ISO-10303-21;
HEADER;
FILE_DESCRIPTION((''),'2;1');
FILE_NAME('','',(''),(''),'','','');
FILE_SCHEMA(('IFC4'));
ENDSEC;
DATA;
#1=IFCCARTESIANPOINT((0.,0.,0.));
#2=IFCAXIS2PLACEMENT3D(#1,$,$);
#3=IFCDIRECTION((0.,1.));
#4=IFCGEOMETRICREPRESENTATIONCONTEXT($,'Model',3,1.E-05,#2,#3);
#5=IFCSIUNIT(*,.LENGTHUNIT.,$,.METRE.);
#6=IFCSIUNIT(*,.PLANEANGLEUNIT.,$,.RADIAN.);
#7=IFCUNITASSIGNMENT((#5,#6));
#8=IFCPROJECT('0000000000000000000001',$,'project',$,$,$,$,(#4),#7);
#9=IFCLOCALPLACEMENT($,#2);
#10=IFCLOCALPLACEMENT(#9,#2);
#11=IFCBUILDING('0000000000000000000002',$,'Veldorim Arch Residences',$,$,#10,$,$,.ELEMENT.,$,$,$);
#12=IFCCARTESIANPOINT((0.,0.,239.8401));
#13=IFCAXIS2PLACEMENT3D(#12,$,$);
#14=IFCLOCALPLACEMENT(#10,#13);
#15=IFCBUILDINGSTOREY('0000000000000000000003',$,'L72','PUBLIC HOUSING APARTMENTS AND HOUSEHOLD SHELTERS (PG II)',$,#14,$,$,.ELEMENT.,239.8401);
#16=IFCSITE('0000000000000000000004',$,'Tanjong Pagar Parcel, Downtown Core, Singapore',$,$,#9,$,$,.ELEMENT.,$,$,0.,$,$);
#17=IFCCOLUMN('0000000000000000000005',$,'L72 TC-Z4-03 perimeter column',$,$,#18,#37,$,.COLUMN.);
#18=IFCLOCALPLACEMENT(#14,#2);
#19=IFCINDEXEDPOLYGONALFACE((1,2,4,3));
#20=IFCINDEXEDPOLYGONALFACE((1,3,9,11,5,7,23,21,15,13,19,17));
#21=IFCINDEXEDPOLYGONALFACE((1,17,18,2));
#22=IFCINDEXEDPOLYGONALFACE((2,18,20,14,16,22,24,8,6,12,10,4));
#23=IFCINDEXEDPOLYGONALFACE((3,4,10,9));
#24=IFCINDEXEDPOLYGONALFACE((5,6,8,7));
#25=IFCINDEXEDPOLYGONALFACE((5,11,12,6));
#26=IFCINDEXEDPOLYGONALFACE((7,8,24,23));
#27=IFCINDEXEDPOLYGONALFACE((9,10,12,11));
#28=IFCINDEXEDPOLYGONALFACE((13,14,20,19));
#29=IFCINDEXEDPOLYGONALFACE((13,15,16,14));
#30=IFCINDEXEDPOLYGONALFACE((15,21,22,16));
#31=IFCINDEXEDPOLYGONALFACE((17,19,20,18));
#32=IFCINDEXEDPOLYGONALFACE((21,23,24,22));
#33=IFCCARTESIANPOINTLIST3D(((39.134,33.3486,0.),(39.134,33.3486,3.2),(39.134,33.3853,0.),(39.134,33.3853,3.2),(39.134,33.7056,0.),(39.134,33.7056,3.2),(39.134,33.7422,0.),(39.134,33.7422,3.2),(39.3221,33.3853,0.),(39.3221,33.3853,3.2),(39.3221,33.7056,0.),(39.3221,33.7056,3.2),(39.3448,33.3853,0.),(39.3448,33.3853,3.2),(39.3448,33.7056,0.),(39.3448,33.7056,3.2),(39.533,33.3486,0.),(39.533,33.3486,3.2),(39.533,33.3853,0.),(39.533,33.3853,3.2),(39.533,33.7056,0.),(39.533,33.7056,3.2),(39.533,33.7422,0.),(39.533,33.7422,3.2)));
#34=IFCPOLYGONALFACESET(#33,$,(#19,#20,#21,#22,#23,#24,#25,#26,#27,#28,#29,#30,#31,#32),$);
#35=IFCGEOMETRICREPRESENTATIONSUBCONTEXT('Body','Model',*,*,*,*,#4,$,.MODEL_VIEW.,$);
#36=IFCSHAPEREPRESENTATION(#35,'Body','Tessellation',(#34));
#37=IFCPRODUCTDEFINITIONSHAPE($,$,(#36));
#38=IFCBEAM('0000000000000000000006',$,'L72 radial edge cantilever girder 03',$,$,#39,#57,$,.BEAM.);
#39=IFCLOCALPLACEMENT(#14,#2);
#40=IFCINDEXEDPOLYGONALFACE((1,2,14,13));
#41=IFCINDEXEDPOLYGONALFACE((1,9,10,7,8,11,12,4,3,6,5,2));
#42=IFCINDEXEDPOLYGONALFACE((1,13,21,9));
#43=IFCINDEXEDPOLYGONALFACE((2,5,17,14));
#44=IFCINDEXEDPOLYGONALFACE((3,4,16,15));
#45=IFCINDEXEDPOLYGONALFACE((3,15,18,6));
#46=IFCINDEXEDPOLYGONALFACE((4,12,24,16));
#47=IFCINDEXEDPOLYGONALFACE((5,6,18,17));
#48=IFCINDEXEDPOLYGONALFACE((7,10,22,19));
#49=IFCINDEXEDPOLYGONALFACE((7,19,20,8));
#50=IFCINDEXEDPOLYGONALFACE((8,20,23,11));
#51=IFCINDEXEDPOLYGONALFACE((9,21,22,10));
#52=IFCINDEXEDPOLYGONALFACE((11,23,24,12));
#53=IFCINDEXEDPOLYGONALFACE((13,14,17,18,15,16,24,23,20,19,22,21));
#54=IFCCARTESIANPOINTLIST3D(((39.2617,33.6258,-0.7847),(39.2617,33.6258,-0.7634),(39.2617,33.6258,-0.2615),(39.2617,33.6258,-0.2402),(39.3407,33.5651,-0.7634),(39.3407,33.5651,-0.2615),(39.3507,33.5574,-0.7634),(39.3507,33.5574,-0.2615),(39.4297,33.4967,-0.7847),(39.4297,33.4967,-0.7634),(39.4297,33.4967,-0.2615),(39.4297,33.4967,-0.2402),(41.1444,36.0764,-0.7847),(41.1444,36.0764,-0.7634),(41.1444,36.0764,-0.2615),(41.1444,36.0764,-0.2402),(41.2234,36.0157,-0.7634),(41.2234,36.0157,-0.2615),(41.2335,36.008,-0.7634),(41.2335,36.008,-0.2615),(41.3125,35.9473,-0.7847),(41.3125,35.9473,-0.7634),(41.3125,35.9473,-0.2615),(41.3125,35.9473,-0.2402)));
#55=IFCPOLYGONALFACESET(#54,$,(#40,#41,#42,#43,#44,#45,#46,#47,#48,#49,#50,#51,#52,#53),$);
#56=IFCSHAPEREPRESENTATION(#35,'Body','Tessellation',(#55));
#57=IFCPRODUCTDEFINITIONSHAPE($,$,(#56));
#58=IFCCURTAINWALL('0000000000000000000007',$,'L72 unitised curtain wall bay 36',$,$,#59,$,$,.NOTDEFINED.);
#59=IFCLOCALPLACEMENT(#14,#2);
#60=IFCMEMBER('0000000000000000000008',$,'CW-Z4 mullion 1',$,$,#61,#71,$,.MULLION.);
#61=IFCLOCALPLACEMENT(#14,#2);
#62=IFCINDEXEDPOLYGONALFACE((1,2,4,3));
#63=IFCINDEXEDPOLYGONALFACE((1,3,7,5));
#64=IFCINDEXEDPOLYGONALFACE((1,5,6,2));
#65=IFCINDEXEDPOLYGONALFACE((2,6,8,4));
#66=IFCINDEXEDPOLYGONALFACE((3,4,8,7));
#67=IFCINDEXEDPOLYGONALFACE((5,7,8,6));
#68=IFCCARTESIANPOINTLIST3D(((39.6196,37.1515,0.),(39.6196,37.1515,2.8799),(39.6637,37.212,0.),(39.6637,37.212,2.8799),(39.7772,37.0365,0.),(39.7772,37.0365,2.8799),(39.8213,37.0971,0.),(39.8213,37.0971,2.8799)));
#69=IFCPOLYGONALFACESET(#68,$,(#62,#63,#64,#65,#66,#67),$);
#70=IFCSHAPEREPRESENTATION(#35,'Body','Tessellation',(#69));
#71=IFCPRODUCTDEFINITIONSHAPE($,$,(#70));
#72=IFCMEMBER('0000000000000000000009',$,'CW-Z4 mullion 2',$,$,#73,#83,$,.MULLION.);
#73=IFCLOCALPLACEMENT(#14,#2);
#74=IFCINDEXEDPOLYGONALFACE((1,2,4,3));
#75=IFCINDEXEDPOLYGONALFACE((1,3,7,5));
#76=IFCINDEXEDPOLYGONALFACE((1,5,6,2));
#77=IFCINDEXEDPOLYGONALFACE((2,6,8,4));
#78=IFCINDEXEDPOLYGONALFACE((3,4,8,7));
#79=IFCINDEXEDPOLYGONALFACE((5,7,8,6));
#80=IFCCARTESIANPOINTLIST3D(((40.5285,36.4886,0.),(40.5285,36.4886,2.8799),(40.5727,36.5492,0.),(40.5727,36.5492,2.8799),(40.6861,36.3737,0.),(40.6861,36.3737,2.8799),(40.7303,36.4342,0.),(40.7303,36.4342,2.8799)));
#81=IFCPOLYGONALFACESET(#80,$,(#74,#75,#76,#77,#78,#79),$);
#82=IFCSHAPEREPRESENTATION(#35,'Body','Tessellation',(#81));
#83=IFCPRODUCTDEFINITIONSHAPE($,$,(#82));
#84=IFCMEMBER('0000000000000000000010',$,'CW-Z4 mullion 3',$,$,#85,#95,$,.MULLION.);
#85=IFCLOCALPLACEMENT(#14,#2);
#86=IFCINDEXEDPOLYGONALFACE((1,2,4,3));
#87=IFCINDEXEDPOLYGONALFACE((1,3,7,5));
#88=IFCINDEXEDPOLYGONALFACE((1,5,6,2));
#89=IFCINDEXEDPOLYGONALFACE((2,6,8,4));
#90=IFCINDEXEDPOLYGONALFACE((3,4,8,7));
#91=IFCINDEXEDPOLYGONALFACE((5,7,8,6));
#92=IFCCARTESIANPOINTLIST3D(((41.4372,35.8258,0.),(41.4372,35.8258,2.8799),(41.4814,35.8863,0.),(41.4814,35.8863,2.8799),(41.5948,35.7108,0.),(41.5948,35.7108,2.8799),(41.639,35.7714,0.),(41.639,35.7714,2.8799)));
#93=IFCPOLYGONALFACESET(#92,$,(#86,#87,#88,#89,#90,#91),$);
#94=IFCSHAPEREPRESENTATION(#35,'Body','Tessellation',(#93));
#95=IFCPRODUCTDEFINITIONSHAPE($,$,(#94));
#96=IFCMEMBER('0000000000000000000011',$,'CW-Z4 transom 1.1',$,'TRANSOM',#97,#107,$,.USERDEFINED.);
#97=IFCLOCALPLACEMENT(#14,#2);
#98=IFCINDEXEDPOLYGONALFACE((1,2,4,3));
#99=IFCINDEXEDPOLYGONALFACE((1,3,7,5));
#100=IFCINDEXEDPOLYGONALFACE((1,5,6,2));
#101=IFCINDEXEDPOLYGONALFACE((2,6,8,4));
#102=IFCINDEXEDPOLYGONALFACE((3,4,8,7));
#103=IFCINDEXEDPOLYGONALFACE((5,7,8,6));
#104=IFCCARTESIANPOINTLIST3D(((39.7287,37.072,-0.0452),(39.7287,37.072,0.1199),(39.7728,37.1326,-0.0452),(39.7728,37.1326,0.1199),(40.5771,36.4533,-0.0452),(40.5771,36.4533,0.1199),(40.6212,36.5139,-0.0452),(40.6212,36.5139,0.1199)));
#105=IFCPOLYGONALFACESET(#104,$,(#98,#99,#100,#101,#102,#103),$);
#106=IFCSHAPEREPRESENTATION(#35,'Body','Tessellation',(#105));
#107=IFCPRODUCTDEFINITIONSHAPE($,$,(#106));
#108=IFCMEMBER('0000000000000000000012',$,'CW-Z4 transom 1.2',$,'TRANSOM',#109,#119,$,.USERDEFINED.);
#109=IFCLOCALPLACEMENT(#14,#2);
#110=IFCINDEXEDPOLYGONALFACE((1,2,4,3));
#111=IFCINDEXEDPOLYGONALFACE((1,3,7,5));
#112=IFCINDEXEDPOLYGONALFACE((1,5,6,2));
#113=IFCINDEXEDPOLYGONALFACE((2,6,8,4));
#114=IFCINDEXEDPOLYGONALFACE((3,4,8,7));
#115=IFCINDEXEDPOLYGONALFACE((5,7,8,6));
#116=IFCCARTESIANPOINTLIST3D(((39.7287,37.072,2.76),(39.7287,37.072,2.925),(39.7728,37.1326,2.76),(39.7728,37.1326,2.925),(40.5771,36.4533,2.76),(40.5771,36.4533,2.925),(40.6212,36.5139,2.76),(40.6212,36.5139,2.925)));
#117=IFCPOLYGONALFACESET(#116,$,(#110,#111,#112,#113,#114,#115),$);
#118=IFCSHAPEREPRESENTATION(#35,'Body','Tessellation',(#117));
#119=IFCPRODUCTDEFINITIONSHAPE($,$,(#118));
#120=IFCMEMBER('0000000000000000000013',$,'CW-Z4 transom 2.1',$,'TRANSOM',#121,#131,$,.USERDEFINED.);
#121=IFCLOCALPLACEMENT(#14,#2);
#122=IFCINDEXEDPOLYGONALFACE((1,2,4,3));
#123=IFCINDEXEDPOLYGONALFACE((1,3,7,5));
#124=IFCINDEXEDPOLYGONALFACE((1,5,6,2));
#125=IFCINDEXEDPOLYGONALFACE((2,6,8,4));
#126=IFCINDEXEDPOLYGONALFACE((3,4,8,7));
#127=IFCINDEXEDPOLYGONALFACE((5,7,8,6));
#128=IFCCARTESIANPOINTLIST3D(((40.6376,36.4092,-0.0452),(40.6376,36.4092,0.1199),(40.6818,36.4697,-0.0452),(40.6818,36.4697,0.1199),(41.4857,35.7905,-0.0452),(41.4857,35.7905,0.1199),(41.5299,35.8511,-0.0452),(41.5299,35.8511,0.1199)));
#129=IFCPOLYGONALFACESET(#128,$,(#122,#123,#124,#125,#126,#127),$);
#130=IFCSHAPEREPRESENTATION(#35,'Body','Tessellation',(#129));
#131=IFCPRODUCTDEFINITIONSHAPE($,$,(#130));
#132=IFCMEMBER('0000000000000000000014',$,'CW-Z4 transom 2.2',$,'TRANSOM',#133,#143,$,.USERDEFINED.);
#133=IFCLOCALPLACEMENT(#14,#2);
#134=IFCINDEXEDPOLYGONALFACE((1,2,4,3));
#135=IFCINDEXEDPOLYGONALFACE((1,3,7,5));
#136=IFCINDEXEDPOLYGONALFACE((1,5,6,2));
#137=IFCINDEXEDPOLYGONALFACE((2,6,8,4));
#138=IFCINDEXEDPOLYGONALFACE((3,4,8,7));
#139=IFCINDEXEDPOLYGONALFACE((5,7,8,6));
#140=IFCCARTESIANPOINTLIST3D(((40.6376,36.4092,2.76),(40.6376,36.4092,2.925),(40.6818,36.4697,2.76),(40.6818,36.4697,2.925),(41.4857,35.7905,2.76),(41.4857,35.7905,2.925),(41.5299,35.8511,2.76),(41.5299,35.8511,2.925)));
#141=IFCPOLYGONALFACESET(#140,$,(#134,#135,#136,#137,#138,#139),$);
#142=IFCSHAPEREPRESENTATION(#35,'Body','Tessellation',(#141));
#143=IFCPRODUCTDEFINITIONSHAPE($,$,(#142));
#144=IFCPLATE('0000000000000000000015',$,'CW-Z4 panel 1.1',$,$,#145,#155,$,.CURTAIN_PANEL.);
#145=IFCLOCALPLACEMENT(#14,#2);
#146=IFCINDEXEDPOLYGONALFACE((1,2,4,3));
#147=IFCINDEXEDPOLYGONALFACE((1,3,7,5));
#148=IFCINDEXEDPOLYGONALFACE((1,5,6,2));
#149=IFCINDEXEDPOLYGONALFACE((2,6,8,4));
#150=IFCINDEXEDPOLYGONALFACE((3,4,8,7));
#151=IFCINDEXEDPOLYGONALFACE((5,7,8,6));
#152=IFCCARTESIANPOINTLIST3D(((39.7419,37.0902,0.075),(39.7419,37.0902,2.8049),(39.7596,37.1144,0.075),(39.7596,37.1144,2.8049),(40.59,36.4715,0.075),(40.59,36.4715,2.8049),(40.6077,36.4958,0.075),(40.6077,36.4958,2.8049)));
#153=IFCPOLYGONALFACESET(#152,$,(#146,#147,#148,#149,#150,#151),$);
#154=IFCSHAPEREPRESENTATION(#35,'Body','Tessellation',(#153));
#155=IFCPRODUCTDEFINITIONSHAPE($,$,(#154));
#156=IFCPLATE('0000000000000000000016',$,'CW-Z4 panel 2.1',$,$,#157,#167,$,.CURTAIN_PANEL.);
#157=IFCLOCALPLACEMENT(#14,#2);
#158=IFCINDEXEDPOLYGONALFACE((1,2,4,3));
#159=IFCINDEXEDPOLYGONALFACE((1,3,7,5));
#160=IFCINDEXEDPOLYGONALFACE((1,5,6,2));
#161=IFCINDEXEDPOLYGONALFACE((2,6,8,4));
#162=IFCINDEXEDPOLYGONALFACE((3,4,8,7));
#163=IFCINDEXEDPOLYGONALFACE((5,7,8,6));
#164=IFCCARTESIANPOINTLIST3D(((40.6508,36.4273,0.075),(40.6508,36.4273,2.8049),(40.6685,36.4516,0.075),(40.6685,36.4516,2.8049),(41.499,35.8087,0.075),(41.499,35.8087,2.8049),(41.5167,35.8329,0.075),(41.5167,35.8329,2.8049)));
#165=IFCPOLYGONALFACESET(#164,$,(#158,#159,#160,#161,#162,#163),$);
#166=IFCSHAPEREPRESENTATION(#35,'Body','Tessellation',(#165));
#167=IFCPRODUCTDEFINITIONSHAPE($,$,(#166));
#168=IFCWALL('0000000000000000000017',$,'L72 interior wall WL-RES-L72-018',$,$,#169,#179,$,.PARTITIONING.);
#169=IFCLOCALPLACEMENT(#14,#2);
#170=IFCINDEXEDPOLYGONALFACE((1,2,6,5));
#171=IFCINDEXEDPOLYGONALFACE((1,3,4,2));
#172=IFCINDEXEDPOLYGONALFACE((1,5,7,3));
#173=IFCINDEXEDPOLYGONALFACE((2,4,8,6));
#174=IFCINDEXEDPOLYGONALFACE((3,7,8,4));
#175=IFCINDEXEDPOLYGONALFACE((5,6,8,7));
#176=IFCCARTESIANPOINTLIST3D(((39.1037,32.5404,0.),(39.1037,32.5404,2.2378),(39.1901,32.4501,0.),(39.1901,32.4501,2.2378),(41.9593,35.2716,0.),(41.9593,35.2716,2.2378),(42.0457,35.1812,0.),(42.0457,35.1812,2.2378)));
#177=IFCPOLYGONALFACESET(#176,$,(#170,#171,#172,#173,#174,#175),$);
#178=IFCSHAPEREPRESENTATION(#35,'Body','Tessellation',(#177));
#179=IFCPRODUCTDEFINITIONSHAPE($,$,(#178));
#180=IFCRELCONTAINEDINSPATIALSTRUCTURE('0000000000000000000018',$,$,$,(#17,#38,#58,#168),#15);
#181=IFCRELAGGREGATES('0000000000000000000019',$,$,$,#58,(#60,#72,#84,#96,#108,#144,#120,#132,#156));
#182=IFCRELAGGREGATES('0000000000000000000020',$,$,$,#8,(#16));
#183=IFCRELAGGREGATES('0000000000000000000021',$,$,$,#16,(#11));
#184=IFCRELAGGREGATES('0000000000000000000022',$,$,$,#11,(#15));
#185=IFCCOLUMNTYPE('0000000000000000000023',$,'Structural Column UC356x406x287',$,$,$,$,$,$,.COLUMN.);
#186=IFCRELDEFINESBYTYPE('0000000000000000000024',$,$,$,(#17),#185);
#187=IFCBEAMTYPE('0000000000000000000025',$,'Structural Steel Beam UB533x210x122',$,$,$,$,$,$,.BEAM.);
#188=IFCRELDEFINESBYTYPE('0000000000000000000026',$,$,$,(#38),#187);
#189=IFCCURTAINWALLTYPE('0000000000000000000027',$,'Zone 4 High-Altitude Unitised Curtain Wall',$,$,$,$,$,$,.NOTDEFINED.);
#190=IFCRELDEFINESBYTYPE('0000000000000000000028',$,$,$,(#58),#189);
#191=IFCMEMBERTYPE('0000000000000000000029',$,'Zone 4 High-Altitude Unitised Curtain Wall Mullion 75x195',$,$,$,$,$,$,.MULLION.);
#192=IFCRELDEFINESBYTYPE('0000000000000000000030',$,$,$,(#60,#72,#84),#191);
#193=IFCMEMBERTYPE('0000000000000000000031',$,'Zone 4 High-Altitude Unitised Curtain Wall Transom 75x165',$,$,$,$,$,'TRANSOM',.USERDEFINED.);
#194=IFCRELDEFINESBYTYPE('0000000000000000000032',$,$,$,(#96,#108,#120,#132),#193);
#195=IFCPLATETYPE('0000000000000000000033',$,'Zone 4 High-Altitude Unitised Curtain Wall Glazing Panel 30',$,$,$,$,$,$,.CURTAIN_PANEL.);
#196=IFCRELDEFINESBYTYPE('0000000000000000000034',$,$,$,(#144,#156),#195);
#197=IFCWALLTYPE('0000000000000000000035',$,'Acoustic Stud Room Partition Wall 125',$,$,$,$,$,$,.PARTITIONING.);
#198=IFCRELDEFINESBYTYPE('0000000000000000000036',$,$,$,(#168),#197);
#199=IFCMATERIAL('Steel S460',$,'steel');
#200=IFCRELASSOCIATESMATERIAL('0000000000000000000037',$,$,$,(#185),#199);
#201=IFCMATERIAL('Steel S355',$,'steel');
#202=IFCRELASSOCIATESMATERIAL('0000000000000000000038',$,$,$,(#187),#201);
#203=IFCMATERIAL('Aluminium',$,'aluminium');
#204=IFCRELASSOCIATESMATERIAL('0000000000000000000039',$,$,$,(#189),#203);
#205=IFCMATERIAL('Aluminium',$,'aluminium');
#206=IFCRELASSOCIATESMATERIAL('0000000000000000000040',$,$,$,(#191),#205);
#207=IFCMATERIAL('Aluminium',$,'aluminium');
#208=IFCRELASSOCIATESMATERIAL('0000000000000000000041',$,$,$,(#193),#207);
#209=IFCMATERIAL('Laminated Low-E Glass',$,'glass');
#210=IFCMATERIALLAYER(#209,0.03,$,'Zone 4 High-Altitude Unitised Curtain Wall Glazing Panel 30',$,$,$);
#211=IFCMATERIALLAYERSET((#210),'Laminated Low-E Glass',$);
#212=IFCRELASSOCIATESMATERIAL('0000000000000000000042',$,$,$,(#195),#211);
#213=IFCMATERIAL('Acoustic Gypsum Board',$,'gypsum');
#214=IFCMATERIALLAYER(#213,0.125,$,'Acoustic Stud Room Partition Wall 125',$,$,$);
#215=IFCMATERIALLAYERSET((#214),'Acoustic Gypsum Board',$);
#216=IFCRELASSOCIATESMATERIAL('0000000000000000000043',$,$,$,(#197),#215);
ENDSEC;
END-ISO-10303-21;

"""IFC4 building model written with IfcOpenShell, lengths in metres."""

from ifc_helpers import new_model, si_unit, direction, frame, frame_2d, origin, origin_2d, place, context, subcontext, project, spatial, rectangle, i_section, extrude, material, layer, layer_set, material_profile, profile_set, type_object, element, aggregate, save


model = new_model("IFC4")

# Units and contexts
model_context = context("Model", 3, precision=1e-05, world=origin(), true_north=direction((0.0, 1.0)))
body_context = subcontext(model_context, "Body", "Model", "MODEL_VIEW")
ifc_project = project(units=[si_unit("LENGTHUNIT", "METRE"), si_unit("PLANEANGLEUNIT", "RADIAN")], contexts=[model_context])

# Site, building, storey
site_placement = place(None, origin())
site = spatial("IfcSite", under=ifc_project, at=site_placement, Name="Tanjong Pagar Parcel, Downtown Core, Singapore", CompositionType="ELEMENT", RefElevation=0.0)
building_placement = place(site_placement, origin())
building = spatial("IfcBuilding", under=site, at=building_placement, Name="Veldorim Arch Residences", CompositionType="ELEMENT")
storey_placement = place(building_placement, frame((0.0, 0.0, 239.8401)))
storey = spatial("IfcBuildingStorey", under=building, at=storey_placement, Name="L72", Description="PUBLIC HOUSING APARTMENTS AND HOUSEHOLD SHELTERS (PG II)", CompositionType="ELEMENT", Elevation=239.8401)

# Column
ifc_material_1 = material(Name="Steel S460", Category="steel")
ifc_material_profile_1 = material_profile(ifc_material_1, i_section(OverallWidth=0.3989, OverallDepth=0.3936, WebThickness=0.0227, FlangeThickness=0.0366, at=origin_2d()), Name="UC356x406x287")
ifc_profile_set_1 = profile_set([ifc_material_profile_1], Name="Steel S460")
column_type = type_object("IfcColumnType", Name="Structural Column UC356x406x287", PredefinedType="COLUMN", material=ifc_profile_set_1)
column_placement = place(storey_placement, frame((39.3335, 33.5454, 0.0), z_axis=(0.0, 0.0, 1.0), x_axis=(1.0, 0.0, 0.0)))
element("IfcColumn", 1, at=column_placement, inside=storey, type_object=column_type, Name="L72 TC-Z4-03 perimeter column", PredefinedType="COLUMN", context=body_context, shape_type="SweptSolid", body=[
    extrude(i_section(OverallWidth=0.3989, OverallDepth=0.3936, WebThickness=0.0227, FlangeThickness=0.0366, at=origin_2d()), origin(), (0.0, 0.0, 1.0), 3.2),
])

# Beam
ifc_material_2 = material(Name="Steel S355", Category="steel")
ifc_material_profile_2 = material_profile(ifc_material_2, i_section(OverallWidth=0.2119, OverallDepth=0.5444, WebThickness=0.0127, FlangeThickness=0.0212, at=origin_2d()), Name="UB533x210x122")
ifc_profile_set_2 = profile_set([ifc_material_profile_2], Name="Steel S355")
beam_type = type_object("IfcBeamType", Name="Structural Steel Beam UB533x210x122", PredefinedType="BEAM", material=ifc_profile_set_2)
beam_placement = place(storey_placement, frame((39.3457, 33.5613, -0.5125), z_axis=(0.609237, 0.792988, 0.0), x_axis=(-0.792988, 0.609237, 0.0)))
element("IfcBeam", 2, at=beam_placement, inside=storey, type_object=beam_type, Name="L72 radial edge cantilever girder 03", PredefinedType="BEAM", context=body_context, shape_type="SweptSolid", body=[
    extrude(i_section(OverallWidth=0.2119, OverallDepth=0.5444, WebThickness=0.0127, FlangeThickness=0.0212, at=origin_2d()), origin(), (0.0, 0.0, 1.0), 3.0903),
])

# Curtain wall, members, plates
ifc_material_3 = material(Name="Aluminium", Category="aluminium")
curtain_wall_type = type_object("IfcCurtainWallType", Name="Zone 4 High-Altitude Unitised Curtain Wall", PredefinedType="NOTDEFINED", material=ifc_material_3)
curtain_wall_placement = place(storey_placement, origin())
curtain_wall = element("IfcCurtainWall", 3, at=curtain_wall_placement, inside=storey, type_object=curtain_wall_type, Name="L72 unitised curtain wall bay 36", PredefinedType="NOTDEFINED")
ifc_material_4 = material(Name="Aluminium", Category="aluminium")
ifc_material_profile_3 = material_profile(ifc_material_4, rectangle(XDim=0.075, YDim=0.1951, at=origin_2d()), Name="ALU_MUL_75x195")
ifc_profile_set_3 = profile_set([ifc_material_profile_3], Name="Aluminium")
member_type_1 = type_object("IfcMemberType", Name="Zone 4 High-Altitude Unitised Curtain Wall Mullion 75x195", PredefinedType="MULLION", material=ifc_profile_set_3)
member_1_placement = place(storey_placement, frame((39.7205, 37.1243, 0.0), z_axis=(0.0, 0.0, 1.0), x_axis=(0.589279, 0.80793, 0.0)))
member_1 = element("IfcMember", 4, at=member_1_placement, type_object=member_type_1, Name="CW-Z4 mullion 1", PredefinedType="MULLION", context=body_context, shape_type="SweptSolid", body=[
    extrude(rectangle(XDim=0.075, YDim=0.1951, at=origin_2d()), origin(), (0.0, 0.0, 1.0), 2.8799),
])
member_2_placement = place(storey_placement, frame((40.6294, 36.4614, 0.0), z_axis=(0.0, 0.0, 1.0), x_axis=(0.589279, 0.80793, 0.0)))
member_2 = element("IfcMember", 5, at=member_2_placement, type_object=member_type_1, Name="CW-Z4 mullion 2", PredefinedType="MULLION", context=body_context, shape_type="SweptSolid", body=[
    extrude(rectangle(XDim=0.075, YDim=0.1951, at=origin_2d()), origin(), (0.0, 0.0, 1.0), 2.8799),
])
member_3_placement = place(storey_placement, frame((41.5381, 35.7986, 0.0), z_axis=(0.0, 0.0, 1.0), x_axis=(0.589279, 0.80793, 0.0)))
member_3 = element("IfcMember", 6, at=member_3_placement, type_object=member_type_1, Name="CW-Z4 mullion 3", PredefinedType="MULLION", context=body_context, shape_type="SweptSolid", body=[
    extrude(rectangle(XDim=0.075, YDim=0.1951, at=origin_2d()), origin(), (0.0, 0.0, 1.0), 2.8799),
])
ifc_material_5 = material(Name="Aluminium", Category="aluminium")
ifc_material_profile_4 = material_profile(ifc_material_5, rectangle(XDim=0.075, YDim=0.165, at=origin_2d()), Name="ALU_TRN_75x165")
ifc_profile_set_4 = profile_set([ifc_material_profile_4], Name="Aluminium")
member_type_2 = type_object("IfcMemberType", Name="Zone 4 High-Altitude Unitised Curtain Wall Transom 75x165", ElementType="TRANSOM", PredefinedType="USERDEFINED", material=ifc_profile_set_4)
member_4_placement = place(storey_placement, frame((39.7507, 37.1023, 0.0374), z_axis=(0.807991, -0.589194, 0.0), x_axis=(0.589194, 0.807991, 0.0)))
member_4 = element("IfcMember", 7, at=member_4_placement, type_object=member_type_2, Name="CW-Z4 transom 1.1", ObjectType="TRANSOM", PredefinedType="USERDEFINED", context=body_context, shape_type="SweptSolid", body=[
    extrude(rectangle(XDim=0.075, YDim=0.165, at=origin_2d()), origin(), (0.0, 0.0, 1.0), 1.05),
])
member_5_placement = place(storey_placement, frame((39.7507, 37.1023, 2.8425), z_axis=(0.807991, -0.589194, 0.0), x_axis=(0.589194, 0.807991, 0.0)))
member_5 = element("IfcMember", 8, at=member_5_placement, type_object=member_type_2, Name="CW-Z4 transom 1.2", ObjectType="TRANSOM", PredefinedType="USERDEFINED", context=body_context, shape_type="SweptSolid", body=[
    extrude(rectangle(XDim=0.075, YDim=0.165, at=origin_2d()), origin(), (0.0, 0.0, 1.0), 1.05),
])
member_6_placement = place(storey_placement, frame((40.6597, 36.4395, 0.0374), z_axis=(0.807911, -0.589305, 0.0), x_axis=(0.589305, 0.807911, 0.0)))
member_6 = element("IfcMember", 9, at=member_6_placement, type_object=member_type_2, Name="CW-Z4 transom 2.1", ObjectType="TRANSOM", PredefinedType="USERDEFINED", context=body_context, shape_type="SweptSolid", body=[
    extrude(rectangle(XDim=0.075, YDim=0.165, at=origin_2d()), origin(), (0.0, 0.0, 1.0), 1.0498),
])
member_7_placement = place(storey_placement, frame((40.6597, 36.4395, 2.8425), z_axis=(0.807911, -0.589305, 0.0), x_axis=(0.589305, 0.807911, 0.0)))
member_7 = element("IfcMember", 10, at=member_7_placement, type_object=member_type_2, Name="CW-Z4 transom 2.2", ObjectType="TRANSOM", PredefinedType="USERDEFINED", context=body_context, shape_type="SweptSolid", body=[
    extrude(rectangle(XDim=0.075, YDim=0.165, at=origin_2d()), origin(), (0.0, 0.0, 1.0), 1.0498),
])
ifc_material_6 = material(Name="Laminated Low-E Glass", Category="glass")
ifc_layer_1 = layer(ifc_material_6, 0.03, Name="Zone 4 High-Altitude Unitised Curtain Wall Glazing Panel 30")
ifc_layer_set_1 = layer_set([ifc_layer_1], Name="Laminated Low-E Glass")
plate_type = type_object("IfcPlateType", Name="Zone 4 High-Altitude Unitised Curtain Wall Glazing Panel 30", PredefinedType="CURTAIN_PANEL", material=ifc_layer_set_1)
plate_1_placement = place(storey_placement, frame((40.1748, 36.793, 0.075), z_axis=(0.0, 0.0, 1.0), x_axis=(0.80793, -0.589279, 0.0)))
plate_1 = element("IfcPlate", 11, at=plate_1_placement, type_object=plate_type, Name="CW-Z4 panel 1.1", PredefinedType="CURTAIN_PANEL", context=body_context, shape_type="SweptSolid", body=[
    extrude(rectangle(XDim=1.0498, YDim=0.03, at=origin_2d()), origin(), (0.0, 0.0, 1.0), 2.73),
])
plate_2_placement = place(storey_placement, frame((41.0837, 36.1301, 0.075), z_axis=(0.0, 0.0, 1.0), x_axis=(0.80793, -0.589279, 0.0)))
plate_2 = element("IfcPlate", 12, at=plate_2_placement, type_object=plate_type, Name="CW-Z4 panel 2.1", PredefinedType="CURTAIN_PANEL", context=body_context, shape_type="SweptSolid", body=[
    extrude(rectangle(XDim=1.0498, YDim=0.03, at=origin_2d()), origin(), (0.0, 0.0, 1.0), 2.73),
])
aggregate(curtain_wall, [member_1, member_2, member_3, member_4, member_5, plate_1, member_6, member_7, plate_2])

# Wall
ifc_material_7 = material(Name="Acoustic Gypsum Board", Category="gypsum")
ifc_layer_2 = layer(ifc_material_7, 0.125, Name="Acoustic Stud Room Partition Wall 125")
ifc_layer_set_2 = layer_set([ifc_layer_2], Name="Acoustic Gypsum Board")
wall_type_1 = type_object("IfcWallType", Name="Acoustic Stud Room Partition Wall 125", PredefinedType="PARTITIONING", material=ifc_layer_set_2)
wall_1_placement = place(storey_placement, frame((42.0024, 35.2263, 0.0), z_axis=(0.0, 0.0, 1.0), x_axis=(-0.722686, -0.691176, 0.0)))
element("IfcWall", 13, at=wall_1_placement, inside=storey, type_object=wall_type_1, Name="L72 interior wall WL-RES-L72-018", PredefinedType="PARTITIONING", context=body_context, shape_type="SweptSolid", body=[
    extrude(rectangle(XDim=3.9514, YDim=0.125, at=frame_2d((1.9756, 0.0))), origin(), (0.0, 0.0, 1.0), 2.2378),
])

save(model, "model.ifc")
